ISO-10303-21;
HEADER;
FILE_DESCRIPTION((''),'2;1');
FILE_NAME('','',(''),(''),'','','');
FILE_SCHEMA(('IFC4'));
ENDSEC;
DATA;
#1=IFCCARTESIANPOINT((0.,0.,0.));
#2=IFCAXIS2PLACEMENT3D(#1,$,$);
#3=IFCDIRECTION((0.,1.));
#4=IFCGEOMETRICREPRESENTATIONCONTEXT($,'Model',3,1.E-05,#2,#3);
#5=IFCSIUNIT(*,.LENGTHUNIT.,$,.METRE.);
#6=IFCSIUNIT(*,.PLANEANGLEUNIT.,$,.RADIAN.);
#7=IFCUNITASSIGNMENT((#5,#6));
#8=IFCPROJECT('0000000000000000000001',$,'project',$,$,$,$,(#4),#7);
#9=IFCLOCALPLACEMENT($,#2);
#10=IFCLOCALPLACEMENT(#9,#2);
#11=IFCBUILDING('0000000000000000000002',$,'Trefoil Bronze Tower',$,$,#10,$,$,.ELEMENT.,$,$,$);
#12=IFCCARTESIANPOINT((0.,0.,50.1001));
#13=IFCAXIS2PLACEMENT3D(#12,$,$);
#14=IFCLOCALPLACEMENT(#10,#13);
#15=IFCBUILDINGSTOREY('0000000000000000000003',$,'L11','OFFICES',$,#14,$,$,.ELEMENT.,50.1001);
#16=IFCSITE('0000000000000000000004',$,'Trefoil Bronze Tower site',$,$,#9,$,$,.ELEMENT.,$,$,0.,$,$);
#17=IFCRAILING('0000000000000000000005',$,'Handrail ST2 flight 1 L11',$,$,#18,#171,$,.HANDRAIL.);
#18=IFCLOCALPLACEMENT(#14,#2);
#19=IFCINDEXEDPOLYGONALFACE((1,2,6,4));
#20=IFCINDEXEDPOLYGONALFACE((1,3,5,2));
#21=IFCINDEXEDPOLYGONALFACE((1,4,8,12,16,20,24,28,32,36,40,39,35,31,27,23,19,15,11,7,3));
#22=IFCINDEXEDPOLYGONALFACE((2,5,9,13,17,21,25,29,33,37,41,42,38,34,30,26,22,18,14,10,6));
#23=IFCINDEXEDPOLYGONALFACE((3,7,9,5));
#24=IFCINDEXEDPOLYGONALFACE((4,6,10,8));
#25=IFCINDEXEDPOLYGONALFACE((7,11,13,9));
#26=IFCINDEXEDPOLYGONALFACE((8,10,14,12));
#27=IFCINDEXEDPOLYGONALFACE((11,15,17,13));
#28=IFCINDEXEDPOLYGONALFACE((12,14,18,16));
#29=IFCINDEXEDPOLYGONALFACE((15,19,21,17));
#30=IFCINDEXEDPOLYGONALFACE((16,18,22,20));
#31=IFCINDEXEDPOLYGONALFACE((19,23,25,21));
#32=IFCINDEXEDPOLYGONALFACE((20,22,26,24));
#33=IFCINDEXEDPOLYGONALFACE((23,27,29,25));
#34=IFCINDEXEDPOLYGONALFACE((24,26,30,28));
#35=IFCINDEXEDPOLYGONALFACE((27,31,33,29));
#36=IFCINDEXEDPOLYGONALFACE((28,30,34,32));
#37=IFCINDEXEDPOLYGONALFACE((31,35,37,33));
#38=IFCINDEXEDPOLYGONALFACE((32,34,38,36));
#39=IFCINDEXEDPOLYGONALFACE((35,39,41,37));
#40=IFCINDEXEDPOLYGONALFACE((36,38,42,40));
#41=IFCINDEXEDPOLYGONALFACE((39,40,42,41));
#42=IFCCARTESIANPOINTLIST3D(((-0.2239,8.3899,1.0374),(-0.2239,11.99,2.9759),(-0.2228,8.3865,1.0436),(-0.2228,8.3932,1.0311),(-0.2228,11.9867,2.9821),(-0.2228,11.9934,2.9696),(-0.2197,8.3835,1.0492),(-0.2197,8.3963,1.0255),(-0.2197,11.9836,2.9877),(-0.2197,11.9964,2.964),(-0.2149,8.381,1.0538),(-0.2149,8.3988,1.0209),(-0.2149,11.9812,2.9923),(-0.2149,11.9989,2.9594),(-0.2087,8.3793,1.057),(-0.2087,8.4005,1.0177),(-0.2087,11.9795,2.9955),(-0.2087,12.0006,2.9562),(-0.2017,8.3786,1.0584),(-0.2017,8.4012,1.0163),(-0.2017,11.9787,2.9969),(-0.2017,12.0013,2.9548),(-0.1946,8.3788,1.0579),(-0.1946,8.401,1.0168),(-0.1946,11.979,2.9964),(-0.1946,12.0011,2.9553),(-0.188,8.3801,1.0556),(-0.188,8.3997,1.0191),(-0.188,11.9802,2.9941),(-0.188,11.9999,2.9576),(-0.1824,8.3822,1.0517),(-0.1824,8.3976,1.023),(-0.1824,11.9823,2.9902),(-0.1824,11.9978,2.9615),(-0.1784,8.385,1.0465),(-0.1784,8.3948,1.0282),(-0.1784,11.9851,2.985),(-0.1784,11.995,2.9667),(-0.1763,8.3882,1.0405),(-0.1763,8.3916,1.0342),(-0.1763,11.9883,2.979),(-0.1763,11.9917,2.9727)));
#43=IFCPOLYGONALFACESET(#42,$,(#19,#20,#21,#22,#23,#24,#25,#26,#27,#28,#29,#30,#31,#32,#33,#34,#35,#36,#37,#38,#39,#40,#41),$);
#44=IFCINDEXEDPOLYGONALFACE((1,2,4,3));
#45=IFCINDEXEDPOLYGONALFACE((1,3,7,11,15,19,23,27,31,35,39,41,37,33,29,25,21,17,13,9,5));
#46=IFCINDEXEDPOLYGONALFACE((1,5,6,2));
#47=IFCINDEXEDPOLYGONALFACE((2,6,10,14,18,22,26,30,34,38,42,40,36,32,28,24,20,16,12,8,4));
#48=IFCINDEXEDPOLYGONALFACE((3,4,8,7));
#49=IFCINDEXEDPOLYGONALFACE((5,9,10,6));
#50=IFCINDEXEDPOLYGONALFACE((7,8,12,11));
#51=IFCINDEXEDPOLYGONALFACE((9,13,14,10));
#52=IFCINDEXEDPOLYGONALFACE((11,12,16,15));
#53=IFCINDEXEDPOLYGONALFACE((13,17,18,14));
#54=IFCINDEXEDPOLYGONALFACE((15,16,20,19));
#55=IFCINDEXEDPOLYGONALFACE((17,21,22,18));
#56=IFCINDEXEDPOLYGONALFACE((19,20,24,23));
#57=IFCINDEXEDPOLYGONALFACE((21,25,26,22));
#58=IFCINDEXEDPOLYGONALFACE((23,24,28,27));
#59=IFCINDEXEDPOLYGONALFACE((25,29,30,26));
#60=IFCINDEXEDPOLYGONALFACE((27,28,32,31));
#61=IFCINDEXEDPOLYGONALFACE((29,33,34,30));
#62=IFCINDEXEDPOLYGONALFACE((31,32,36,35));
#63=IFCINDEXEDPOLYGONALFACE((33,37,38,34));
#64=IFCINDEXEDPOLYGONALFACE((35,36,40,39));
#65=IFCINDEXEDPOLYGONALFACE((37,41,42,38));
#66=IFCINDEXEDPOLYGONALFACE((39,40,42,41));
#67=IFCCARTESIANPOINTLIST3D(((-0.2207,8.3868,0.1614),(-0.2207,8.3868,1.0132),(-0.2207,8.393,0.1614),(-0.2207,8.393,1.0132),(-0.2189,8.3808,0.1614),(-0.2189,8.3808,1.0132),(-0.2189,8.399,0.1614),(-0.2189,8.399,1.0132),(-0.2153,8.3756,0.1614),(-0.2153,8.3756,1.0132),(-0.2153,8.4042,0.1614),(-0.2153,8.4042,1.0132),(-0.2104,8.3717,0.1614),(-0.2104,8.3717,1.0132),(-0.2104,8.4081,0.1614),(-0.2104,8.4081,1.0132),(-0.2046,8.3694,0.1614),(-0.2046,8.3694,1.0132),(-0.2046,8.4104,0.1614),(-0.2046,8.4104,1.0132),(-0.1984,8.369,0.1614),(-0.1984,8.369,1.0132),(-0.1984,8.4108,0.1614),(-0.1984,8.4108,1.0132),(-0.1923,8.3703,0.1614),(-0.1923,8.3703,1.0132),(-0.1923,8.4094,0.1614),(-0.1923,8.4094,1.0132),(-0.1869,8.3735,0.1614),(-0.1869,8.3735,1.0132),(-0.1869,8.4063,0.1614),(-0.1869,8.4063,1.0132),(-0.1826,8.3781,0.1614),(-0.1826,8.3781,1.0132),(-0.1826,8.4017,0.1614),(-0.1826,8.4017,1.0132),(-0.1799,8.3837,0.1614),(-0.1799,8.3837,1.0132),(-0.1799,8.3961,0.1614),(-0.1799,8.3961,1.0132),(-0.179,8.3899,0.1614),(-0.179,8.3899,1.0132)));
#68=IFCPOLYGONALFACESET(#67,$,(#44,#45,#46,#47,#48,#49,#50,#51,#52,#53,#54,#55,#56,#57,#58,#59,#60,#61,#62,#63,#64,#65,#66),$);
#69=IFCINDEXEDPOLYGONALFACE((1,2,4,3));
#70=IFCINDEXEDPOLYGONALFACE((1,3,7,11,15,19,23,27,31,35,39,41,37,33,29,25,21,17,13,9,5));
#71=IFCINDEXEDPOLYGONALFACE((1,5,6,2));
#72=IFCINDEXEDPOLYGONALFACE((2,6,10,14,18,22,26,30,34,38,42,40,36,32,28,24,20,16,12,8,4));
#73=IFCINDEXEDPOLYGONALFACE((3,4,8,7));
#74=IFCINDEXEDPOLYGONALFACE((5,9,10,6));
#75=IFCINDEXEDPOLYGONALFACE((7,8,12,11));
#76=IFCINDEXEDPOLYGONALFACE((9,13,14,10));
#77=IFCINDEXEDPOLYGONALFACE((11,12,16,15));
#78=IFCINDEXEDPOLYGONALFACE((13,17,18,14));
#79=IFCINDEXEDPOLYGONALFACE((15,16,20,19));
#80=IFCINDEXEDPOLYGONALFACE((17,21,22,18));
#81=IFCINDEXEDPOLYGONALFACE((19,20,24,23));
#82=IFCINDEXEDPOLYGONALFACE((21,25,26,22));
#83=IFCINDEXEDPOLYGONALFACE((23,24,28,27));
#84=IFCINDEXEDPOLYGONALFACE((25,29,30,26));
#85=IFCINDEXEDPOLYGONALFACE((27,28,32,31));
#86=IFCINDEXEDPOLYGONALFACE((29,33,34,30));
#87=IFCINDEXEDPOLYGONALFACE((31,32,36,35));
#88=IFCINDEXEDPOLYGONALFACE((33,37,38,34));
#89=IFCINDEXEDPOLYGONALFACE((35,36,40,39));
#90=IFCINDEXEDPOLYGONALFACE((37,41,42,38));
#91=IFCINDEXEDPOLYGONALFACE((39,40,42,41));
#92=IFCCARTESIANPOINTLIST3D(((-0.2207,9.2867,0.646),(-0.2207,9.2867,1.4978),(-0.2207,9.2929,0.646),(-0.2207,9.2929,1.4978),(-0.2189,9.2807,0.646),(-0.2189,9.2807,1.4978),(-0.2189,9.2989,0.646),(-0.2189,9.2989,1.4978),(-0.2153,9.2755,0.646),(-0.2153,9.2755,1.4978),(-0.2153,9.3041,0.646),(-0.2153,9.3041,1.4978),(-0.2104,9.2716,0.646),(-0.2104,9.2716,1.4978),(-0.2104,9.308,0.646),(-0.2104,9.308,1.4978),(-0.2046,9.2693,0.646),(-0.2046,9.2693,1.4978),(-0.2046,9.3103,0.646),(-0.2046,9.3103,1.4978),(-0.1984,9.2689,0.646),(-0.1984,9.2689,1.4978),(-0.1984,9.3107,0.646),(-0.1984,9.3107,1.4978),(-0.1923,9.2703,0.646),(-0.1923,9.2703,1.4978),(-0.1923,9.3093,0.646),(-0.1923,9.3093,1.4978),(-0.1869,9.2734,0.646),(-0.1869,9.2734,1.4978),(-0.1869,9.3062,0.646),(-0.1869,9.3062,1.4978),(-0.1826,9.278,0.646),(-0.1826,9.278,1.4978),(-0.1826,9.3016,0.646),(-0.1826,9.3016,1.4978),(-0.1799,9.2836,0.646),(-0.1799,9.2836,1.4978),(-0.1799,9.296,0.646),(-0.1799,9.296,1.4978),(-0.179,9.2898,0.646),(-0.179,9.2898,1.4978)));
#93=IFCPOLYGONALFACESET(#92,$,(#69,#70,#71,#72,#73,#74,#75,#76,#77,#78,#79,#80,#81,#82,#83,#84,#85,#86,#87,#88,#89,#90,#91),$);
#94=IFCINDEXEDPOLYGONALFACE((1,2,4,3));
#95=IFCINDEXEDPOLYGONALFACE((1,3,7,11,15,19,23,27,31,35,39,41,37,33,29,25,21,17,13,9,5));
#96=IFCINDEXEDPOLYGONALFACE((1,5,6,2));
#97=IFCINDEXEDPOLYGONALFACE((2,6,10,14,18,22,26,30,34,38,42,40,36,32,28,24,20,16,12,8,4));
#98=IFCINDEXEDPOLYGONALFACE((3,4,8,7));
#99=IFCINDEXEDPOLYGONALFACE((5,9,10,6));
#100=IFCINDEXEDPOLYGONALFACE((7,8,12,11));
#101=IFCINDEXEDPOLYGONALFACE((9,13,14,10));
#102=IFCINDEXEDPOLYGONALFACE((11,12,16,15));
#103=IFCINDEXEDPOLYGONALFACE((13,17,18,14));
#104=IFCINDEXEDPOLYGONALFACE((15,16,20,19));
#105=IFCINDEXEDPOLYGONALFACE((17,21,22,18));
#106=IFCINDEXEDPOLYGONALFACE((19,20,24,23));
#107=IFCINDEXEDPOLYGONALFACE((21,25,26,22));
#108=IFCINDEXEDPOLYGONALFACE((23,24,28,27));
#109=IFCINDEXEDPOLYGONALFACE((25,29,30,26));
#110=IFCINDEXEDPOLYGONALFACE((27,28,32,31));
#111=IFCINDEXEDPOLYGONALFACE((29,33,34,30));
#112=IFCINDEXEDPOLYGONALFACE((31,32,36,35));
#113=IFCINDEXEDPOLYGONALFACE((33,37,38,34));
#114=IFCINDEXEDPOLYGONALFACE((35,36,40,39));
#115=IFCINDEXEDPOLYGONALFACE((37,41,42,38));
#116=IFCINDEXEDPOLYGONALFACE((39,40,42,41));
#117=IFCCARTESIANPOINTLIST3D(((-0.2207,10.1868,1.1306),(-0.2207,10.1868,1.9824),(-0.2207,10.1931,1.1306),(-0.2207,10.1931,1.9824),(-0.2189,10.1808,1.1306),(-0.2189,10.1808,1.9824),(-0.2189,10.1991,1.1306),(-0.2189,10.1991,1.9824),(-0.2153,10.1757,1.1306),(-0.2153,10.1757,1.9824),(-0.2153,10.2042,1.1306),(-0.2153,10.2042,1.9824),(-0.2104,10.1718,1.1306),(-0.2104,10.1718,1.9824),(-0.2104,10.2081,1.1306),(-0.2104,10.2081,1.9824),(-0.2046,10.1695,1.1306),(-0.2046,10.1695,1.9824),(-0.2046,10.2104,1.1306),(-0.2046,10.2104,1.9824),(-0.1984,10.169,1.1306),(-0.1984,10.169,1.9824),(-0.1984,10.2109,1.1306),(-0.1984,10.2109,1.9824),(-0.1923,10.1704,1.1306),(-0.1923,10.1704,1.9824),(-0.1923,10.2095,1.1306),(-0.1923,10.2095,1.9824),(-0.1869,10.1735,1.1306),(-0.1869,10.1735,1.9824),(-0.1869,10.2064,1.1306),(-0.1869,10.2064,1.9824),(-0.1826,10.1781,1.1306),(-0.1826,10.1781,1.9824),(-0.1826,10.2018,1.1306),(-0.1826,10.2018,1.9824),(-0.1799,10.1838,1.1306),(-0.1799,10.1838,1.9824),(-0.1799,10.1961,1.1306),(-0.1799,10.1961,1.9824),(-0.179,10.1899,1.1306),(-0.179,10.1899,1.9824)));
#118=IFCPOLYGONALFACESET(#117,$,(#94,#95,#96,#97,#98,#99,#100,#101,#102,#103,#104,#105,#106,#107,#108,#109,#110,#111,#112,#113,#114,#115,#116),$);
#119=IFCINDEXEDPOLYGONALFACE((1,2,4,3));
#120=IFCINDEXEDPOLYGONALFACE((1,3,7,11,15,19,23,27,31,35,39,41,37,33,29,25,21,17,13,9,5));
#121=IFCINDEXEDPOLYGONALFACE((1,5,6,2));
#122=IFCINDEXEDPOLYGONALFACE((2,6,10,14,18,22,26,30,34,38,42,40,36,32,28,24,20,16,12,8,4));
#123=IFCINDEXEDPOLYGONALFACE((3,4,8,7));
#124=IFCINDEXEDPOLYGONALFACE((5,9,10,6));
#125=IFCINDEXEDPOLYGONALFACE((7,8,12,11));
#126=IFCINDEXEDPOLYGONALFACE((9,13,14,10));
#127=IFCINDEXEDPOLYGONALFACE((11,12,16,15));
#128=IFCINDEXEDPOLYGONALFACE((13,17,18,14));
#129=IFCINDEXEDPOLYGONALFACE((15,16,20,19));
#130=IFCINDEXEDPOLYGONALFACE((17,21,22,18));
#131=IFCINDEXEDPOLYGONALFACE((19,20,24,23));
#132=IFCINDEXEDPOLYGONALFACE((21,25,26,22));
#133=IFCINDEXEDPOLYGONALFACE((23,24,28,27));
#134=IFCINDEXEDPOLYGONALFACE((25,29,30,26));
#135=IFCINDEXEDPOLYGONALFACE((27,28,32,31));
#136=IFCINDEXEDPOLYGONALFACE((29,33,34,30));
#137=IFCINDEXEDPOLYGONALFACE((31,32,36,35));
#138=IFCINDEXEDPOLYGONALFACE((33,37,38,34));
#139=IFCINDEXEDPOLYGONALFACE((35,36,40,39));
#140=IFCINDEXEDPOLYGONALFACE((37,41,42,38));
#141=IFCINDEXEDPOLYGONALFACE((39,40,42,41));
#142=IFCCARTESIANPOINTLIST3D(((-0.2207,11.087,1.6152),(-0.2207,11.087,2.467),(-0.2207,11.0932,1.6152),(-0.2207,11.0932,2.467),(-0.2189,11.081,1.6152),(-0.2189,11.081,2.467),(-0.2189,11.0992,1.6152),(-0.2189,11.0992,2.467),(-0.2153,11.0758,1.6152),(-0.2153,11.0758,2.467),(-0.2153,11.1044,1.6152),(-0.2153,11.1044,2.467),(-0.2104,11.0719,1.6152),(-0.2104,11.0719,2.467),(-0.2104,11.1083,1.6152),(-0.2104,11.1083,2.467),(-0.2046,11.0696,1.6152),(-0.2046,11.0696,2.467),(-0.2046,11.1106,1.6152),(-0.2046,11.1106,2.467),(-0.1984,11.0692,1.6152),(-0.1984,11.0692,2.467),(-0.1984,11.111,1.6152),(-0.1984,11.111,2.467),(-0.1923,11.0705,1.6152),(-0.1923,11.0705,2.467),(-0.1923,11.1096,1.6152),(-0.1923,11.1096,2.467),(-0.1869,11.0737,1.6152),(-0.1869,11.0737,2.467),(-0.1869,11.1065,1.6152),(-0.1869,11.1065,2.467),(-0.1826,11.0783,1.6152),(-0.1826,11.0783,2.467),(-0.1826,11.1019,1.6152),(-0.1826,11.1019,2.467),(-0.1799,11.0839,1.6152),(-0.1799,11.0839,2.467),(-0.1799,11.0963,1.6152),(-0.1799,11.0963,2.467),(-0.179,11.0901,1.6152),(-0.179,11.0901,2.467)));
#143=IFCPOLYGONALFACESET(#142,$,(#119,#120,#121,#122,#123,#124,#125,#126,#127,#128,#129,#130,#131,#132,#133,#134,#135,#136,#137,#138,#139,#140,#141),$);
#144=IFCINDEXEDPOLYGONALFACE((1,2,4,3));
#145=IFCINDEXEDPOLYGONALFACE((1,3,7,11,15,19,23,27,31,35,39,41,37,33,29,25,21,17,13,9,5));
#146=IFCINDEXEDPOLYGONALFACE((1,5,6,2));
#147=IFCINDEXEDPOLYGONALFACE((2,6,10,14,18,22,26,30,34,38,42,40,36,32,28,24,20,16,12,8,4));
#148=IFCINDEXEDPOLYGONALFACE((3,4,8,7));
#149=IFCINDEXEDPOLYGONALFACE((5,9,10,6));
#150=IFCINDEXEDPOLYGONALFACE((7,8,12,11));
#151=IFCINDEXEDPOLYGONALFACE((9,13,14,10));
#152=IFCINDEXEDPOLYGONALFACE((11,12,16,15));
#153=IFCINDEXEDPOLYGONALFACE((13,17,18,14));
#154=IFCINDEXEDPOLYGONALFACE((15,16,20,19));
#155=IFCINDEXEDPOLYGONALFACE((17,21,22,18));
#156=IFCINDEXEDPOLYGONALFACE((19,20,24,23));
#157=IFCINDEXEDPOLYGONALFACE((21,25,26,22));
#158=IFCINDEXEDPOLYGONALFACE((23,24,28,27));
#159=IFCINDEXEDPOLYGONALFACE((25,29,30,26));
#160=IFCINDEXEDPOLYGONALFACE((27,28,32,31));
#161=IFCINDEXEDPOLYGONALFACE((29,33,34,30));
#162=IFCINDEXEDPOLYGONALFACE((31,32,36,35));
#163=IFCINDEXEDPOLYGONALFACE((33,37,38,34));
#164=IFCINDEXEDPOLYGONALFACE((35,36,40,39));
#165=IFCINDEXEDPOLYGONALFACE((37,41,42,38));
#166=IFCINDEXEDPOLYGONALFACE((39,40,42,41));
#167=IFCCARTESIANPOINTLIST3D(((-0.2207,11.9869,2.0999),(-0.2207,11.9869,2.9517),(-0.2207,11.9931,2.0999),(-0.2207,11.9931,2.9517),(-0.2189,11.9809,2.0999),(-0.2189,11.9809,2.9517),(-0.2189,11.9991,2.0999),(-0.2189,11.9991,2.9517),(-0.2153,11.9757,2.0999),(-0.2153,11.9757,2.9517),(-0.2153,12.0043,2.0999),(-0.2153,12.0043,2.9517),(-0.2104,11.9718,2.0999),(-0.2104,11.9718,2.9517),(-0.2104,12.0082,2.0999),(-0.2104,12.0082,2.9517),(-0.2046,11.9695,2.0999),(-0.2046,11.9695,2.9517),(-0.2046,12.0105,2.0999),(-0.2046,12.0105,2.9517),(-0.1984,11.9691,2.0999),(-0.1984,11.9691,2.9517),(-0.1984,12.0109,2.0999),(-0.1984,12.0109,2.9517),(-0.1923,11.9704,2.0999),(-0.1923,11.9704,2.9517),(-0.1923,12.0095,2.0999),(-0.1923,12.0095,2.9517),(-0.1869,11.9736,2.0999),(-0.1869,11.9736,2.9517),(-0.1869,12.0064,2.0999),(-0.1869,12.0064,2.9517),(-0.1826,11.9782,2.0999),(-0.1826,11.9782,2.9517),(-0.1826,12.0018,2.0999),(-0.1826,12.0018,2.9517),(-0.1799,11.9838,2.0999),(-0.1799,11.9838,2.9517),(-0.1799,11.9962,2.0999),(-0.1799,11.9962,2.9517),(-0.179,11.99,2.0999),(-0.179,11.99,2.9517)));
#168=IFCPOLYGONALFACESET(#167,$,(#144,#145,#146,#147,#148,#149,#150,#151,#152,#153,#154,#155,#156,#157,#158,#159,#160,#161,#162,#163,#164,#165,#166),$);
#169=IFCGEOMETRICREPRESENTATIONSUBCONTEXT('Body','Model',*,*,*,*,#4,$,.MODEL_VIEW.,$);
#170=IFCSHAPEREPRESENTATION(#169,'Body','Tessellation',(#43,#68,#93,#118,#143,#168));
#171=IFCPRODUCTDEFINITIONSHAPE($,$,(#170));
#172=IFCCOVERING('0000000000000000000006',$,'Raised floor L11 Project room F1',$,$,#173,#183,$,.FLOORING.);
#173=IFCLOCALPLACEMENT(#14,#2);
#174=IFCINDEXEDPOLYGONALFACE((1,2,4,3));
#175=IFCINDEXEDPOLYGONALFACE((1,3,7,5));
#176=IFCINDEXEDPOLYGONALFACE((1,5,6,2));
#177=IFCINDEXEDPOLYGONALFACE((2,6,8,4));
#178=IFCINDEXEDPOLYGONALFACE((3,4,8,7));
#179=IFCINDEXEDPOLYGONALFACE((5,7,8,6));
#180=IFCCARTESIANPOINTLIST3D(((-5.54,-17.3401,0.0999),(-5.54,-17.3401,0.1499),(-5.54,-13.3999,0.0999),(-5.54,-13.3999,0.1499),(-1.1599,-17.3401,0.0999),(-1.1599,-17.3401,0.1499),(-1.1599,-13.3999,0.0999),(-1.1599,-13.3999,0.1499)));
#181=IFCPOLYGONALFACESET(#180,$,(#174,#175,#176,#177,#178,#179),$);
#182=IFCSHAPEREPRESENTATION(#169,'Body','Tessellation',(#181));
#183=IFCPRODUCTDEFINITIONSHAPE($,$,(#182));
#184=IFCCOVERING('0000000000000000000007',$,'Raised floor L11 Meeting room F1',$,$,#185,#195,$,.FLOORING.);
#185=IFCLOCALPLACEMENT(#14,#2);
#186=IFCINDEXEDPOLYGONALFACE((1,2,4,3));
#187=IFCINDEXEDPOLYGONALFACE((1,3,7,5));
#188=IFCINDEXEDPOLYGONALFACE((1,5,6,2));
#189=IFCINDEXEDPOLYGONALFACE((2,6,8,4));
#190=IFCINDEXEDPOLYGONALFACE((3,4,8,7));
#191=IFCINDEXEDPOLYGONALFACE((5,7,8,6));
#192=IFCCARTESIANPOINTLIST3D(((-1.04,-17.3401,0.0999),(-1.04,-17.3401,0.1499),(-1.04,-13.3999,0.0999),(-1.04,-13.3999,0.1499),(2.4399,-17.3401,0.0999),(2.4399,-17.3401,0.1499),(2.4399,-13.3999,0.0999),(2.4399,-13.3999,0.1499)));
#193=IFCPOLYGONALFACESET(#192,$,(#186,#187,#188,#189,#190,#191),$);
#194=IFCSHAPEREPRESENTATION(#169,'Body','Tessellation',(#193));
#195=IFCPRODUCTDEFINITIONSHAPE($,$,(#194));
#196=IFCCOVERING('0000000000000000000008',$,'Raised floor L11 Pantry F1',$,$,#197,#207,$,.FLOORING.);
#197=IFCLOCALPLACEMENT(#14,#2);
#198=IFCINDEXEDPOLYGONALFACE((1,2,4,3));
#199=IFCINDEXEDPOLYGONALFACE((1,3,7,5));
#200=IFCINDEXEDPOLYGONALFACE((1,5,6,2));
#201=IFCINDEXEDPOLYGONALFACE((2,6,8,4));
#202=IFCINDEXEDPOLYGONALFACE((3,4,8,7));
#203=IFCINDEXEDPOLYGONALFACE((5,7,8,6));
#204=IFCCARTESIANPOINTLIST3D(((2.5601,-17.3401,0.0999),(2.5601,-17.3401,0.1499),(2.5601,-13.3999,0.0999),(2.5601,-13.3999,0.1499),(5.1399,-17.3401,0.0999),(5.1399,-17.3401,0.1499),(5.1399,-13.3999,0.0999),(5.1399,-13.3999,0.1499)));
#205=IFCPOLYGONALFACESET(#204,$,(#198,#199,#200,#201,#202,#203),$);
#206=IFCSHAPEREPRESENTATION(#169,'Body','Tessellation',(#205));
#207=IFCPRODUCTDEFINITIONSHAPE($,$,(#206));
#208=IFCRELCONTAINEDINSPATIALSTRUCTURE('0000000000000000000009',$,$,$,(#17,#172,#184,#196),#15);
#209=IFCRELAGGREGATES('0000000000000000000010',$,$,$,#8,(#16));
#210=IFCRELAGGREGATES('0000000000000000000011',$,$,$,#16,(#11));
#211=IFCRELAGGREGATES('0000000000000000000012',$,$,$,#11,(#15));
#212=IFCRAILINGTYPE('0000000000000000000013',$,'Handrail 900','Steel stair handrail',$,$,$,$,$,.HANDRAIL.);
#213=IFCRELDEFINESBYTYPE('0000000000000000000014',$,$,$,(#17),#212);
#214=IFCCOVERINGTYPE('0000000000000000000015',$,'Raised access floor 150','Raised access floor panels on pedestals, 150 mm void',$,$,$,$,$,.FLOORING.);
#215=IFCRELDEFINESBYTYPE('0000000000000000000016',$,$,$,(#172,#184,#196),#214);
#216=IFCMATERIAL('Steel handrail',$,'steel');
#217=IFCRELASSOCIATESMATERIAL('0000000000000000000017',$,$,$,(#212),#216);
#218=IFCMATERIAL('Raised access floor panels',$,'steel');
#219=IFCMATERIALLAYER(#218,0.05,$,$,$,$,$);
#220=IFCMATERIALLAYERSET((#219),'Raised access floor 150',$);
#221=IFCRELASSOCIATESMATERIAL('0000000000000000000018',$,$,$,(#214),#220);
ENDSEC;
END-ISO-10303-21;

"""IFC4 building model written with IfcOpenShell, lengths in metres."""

from ifc_helpers import new_model, si_unit, direction, frame, origin, origin_2d, place, context, subcontext, project, spatial, polyline, circle, outline, extrude, material, layer, layer_set, type_object, element, save


model = new_model("IFC4")

# Units and contexts
model_context = context("Model", 3, precision=1e-05, world=origin(), true_north=direction((0.0, 1.0)))
body_context = subcontext(model_context, "Body", "Model", "MODEL_VIEW")
ifc_project = project(units=[si_unit("LENGTHUNIT", "METRE"), si_unit("PLANEANGLEUNIT", "RADIAN")], contexts=[model_context])

# Site, building, storey
site_placement = place(None, origin())
site = spatial("IfcSite", under=ifc_project, at=site_placement, Name="Trefoil Bronze Tower site", CompositionType="ELEMENT", RefElevation=0.0)
building_placement = place(site_placement, origin())
building = spatial("IfcBuilding", under=site, at=building_placement, Name="Trefoil Bronze Tower", CompositionType="ELEMENT")
storey_placement = place(building_placement, frame((0.0, 0.0, 50.1001)))
storey = spatial("IfcBuildingStorey", under=building, at=storey_placement, Name="L11", Description="OFFICES", CompositionType="ELEMENT", Elevation=50.1001)

# Railing
ifc_material_1 = material(Name="Steel handrail", Category="steel")
railing_type = type_object("IfcRailingType", Name="Handrail 900", Description="Steel stair handrail", PredefinedType="HANDRAIL", material=ifc_material_1)
railing_placement = place(storey_placement, frame((-0.2, 8.3899, 0.1614)))
element("IfcRailing", 1, at=railing_placement, inside=storey, type_object=railing_type, Name="Handrail ST2 flight 1 L11", PredefinedType="HANDRAIL", context=body_context, shape_type="SweptSolid", body=[
    extrude(circle(Radius=0.0239, at=origin_2d()), frame((0.0, 0.0, 0.876), z_axis=(0.0, 0.880475, 0.474093), x_axis=(-1.0, 0.0, 0.0)), (0.0, 0.0, 1.0), 4.0889),
    extrude(circle(Radius=0.021, at=origin_2d()), origin(), (0.0, 0.0, 1.0), 0.8518),
    extrude(circle(Radius=0.021, at=origin_2d()), frame((0.0, 0.8999, 0.4846)), (0.0, 0.0, 1.0), 0.8518),
    extrude(circle(Radius=0.021, at=origin_2d()), frame((0.0, 1.8, 0.9692)), (0.0, 0.0, 1.0), 0.8518),
    extrude(circle(Radius=0.021, at=origin_2d()), frame((0.0, 2.7002, 1.4539)), (0.0, 0.0, 1.0), 0.8518),
    extrude(circle(Radius=0.021, at=origin_2d()), frame((0.0, 3.6001, 1.9385)), (0.0, 0.0, 1.0), 0.8518),
])

# Coverings
ifc_material_2 = material(Name="Raised access floor panels", Category="steel")
ifc_layer_1 = layer(ifc_material_2, 0.05)
ifc_layer_set_1 = layer_set([ifc_layer_1], Name="Raised access floor 150")
covering_type_1 = type_object("IfcCoveringType", Name="Raised access floor 150", Description="Raised access floor panels on pedestals, 150 mm void", PredefinedType="FLOORING", material=ifc_layer_set_1)
covering_1_placement = place(storey_placement, frame((0.0, 0.0, 0.0999)))
element("IfcCovering", 2, at=covering_1_placement, inside=storey, type_object=covering_type_1, Name="Raised floor L11 Project room F1", PredefinedType="FLOORING", context=body_context, shape_type="SweptSolid", body=[
    extrude(outline(polyline([(-1.1599, -13.3999), (-1.1599, -17.3401), (-5.54, -17.3401), (-5.54, -13.3999), (-1.1599, -13.3999)])), origin(), (0.0, 0.0, 1.0), 0.05),
])
covering_2_placement = place(storey_placement, frame((0.0, 0.0, 0.0999)))
element("IfcCovering", 3, at=covering_2_placement, inside=storey, type_object=covering_type_1, Name="Raised floor L11 Meeting room F1", PredefinedType="FLOORING", context=body_context, shape_type="SweptSolid", body=[
    extrude(outline(polyline([(2.4399, -13.3999), (2.4399, -17.3401), (-1.04, -17.3401), (-1.04, -13.3999), (2.4399, -13.3999)])), origin(), (0.0, 0.0, 1.0), 0.05),
])
covering_3_placement = place(storey_placement, frame((0.0, 0.0, 0.0999)))
element("IfcCovering", 4, at=covering_3_placement, inside=storey, type_object=covering_type_1, Name="Raised floor L11 Pantry F1", PredefinedType="FLOORING", context=body_context, shape_type="SweptSolid", body=[
    extrude(outline(polyline([(5.1399, -13.3999), (5.1399, -17.3401), (2.5601, -17.3401), (2.5601, -13.3999), (5.1399, -13.3999)])), origin(), (0.0, 0.0, 1.0), 0.05),
])

save(model, "model.ifc")
